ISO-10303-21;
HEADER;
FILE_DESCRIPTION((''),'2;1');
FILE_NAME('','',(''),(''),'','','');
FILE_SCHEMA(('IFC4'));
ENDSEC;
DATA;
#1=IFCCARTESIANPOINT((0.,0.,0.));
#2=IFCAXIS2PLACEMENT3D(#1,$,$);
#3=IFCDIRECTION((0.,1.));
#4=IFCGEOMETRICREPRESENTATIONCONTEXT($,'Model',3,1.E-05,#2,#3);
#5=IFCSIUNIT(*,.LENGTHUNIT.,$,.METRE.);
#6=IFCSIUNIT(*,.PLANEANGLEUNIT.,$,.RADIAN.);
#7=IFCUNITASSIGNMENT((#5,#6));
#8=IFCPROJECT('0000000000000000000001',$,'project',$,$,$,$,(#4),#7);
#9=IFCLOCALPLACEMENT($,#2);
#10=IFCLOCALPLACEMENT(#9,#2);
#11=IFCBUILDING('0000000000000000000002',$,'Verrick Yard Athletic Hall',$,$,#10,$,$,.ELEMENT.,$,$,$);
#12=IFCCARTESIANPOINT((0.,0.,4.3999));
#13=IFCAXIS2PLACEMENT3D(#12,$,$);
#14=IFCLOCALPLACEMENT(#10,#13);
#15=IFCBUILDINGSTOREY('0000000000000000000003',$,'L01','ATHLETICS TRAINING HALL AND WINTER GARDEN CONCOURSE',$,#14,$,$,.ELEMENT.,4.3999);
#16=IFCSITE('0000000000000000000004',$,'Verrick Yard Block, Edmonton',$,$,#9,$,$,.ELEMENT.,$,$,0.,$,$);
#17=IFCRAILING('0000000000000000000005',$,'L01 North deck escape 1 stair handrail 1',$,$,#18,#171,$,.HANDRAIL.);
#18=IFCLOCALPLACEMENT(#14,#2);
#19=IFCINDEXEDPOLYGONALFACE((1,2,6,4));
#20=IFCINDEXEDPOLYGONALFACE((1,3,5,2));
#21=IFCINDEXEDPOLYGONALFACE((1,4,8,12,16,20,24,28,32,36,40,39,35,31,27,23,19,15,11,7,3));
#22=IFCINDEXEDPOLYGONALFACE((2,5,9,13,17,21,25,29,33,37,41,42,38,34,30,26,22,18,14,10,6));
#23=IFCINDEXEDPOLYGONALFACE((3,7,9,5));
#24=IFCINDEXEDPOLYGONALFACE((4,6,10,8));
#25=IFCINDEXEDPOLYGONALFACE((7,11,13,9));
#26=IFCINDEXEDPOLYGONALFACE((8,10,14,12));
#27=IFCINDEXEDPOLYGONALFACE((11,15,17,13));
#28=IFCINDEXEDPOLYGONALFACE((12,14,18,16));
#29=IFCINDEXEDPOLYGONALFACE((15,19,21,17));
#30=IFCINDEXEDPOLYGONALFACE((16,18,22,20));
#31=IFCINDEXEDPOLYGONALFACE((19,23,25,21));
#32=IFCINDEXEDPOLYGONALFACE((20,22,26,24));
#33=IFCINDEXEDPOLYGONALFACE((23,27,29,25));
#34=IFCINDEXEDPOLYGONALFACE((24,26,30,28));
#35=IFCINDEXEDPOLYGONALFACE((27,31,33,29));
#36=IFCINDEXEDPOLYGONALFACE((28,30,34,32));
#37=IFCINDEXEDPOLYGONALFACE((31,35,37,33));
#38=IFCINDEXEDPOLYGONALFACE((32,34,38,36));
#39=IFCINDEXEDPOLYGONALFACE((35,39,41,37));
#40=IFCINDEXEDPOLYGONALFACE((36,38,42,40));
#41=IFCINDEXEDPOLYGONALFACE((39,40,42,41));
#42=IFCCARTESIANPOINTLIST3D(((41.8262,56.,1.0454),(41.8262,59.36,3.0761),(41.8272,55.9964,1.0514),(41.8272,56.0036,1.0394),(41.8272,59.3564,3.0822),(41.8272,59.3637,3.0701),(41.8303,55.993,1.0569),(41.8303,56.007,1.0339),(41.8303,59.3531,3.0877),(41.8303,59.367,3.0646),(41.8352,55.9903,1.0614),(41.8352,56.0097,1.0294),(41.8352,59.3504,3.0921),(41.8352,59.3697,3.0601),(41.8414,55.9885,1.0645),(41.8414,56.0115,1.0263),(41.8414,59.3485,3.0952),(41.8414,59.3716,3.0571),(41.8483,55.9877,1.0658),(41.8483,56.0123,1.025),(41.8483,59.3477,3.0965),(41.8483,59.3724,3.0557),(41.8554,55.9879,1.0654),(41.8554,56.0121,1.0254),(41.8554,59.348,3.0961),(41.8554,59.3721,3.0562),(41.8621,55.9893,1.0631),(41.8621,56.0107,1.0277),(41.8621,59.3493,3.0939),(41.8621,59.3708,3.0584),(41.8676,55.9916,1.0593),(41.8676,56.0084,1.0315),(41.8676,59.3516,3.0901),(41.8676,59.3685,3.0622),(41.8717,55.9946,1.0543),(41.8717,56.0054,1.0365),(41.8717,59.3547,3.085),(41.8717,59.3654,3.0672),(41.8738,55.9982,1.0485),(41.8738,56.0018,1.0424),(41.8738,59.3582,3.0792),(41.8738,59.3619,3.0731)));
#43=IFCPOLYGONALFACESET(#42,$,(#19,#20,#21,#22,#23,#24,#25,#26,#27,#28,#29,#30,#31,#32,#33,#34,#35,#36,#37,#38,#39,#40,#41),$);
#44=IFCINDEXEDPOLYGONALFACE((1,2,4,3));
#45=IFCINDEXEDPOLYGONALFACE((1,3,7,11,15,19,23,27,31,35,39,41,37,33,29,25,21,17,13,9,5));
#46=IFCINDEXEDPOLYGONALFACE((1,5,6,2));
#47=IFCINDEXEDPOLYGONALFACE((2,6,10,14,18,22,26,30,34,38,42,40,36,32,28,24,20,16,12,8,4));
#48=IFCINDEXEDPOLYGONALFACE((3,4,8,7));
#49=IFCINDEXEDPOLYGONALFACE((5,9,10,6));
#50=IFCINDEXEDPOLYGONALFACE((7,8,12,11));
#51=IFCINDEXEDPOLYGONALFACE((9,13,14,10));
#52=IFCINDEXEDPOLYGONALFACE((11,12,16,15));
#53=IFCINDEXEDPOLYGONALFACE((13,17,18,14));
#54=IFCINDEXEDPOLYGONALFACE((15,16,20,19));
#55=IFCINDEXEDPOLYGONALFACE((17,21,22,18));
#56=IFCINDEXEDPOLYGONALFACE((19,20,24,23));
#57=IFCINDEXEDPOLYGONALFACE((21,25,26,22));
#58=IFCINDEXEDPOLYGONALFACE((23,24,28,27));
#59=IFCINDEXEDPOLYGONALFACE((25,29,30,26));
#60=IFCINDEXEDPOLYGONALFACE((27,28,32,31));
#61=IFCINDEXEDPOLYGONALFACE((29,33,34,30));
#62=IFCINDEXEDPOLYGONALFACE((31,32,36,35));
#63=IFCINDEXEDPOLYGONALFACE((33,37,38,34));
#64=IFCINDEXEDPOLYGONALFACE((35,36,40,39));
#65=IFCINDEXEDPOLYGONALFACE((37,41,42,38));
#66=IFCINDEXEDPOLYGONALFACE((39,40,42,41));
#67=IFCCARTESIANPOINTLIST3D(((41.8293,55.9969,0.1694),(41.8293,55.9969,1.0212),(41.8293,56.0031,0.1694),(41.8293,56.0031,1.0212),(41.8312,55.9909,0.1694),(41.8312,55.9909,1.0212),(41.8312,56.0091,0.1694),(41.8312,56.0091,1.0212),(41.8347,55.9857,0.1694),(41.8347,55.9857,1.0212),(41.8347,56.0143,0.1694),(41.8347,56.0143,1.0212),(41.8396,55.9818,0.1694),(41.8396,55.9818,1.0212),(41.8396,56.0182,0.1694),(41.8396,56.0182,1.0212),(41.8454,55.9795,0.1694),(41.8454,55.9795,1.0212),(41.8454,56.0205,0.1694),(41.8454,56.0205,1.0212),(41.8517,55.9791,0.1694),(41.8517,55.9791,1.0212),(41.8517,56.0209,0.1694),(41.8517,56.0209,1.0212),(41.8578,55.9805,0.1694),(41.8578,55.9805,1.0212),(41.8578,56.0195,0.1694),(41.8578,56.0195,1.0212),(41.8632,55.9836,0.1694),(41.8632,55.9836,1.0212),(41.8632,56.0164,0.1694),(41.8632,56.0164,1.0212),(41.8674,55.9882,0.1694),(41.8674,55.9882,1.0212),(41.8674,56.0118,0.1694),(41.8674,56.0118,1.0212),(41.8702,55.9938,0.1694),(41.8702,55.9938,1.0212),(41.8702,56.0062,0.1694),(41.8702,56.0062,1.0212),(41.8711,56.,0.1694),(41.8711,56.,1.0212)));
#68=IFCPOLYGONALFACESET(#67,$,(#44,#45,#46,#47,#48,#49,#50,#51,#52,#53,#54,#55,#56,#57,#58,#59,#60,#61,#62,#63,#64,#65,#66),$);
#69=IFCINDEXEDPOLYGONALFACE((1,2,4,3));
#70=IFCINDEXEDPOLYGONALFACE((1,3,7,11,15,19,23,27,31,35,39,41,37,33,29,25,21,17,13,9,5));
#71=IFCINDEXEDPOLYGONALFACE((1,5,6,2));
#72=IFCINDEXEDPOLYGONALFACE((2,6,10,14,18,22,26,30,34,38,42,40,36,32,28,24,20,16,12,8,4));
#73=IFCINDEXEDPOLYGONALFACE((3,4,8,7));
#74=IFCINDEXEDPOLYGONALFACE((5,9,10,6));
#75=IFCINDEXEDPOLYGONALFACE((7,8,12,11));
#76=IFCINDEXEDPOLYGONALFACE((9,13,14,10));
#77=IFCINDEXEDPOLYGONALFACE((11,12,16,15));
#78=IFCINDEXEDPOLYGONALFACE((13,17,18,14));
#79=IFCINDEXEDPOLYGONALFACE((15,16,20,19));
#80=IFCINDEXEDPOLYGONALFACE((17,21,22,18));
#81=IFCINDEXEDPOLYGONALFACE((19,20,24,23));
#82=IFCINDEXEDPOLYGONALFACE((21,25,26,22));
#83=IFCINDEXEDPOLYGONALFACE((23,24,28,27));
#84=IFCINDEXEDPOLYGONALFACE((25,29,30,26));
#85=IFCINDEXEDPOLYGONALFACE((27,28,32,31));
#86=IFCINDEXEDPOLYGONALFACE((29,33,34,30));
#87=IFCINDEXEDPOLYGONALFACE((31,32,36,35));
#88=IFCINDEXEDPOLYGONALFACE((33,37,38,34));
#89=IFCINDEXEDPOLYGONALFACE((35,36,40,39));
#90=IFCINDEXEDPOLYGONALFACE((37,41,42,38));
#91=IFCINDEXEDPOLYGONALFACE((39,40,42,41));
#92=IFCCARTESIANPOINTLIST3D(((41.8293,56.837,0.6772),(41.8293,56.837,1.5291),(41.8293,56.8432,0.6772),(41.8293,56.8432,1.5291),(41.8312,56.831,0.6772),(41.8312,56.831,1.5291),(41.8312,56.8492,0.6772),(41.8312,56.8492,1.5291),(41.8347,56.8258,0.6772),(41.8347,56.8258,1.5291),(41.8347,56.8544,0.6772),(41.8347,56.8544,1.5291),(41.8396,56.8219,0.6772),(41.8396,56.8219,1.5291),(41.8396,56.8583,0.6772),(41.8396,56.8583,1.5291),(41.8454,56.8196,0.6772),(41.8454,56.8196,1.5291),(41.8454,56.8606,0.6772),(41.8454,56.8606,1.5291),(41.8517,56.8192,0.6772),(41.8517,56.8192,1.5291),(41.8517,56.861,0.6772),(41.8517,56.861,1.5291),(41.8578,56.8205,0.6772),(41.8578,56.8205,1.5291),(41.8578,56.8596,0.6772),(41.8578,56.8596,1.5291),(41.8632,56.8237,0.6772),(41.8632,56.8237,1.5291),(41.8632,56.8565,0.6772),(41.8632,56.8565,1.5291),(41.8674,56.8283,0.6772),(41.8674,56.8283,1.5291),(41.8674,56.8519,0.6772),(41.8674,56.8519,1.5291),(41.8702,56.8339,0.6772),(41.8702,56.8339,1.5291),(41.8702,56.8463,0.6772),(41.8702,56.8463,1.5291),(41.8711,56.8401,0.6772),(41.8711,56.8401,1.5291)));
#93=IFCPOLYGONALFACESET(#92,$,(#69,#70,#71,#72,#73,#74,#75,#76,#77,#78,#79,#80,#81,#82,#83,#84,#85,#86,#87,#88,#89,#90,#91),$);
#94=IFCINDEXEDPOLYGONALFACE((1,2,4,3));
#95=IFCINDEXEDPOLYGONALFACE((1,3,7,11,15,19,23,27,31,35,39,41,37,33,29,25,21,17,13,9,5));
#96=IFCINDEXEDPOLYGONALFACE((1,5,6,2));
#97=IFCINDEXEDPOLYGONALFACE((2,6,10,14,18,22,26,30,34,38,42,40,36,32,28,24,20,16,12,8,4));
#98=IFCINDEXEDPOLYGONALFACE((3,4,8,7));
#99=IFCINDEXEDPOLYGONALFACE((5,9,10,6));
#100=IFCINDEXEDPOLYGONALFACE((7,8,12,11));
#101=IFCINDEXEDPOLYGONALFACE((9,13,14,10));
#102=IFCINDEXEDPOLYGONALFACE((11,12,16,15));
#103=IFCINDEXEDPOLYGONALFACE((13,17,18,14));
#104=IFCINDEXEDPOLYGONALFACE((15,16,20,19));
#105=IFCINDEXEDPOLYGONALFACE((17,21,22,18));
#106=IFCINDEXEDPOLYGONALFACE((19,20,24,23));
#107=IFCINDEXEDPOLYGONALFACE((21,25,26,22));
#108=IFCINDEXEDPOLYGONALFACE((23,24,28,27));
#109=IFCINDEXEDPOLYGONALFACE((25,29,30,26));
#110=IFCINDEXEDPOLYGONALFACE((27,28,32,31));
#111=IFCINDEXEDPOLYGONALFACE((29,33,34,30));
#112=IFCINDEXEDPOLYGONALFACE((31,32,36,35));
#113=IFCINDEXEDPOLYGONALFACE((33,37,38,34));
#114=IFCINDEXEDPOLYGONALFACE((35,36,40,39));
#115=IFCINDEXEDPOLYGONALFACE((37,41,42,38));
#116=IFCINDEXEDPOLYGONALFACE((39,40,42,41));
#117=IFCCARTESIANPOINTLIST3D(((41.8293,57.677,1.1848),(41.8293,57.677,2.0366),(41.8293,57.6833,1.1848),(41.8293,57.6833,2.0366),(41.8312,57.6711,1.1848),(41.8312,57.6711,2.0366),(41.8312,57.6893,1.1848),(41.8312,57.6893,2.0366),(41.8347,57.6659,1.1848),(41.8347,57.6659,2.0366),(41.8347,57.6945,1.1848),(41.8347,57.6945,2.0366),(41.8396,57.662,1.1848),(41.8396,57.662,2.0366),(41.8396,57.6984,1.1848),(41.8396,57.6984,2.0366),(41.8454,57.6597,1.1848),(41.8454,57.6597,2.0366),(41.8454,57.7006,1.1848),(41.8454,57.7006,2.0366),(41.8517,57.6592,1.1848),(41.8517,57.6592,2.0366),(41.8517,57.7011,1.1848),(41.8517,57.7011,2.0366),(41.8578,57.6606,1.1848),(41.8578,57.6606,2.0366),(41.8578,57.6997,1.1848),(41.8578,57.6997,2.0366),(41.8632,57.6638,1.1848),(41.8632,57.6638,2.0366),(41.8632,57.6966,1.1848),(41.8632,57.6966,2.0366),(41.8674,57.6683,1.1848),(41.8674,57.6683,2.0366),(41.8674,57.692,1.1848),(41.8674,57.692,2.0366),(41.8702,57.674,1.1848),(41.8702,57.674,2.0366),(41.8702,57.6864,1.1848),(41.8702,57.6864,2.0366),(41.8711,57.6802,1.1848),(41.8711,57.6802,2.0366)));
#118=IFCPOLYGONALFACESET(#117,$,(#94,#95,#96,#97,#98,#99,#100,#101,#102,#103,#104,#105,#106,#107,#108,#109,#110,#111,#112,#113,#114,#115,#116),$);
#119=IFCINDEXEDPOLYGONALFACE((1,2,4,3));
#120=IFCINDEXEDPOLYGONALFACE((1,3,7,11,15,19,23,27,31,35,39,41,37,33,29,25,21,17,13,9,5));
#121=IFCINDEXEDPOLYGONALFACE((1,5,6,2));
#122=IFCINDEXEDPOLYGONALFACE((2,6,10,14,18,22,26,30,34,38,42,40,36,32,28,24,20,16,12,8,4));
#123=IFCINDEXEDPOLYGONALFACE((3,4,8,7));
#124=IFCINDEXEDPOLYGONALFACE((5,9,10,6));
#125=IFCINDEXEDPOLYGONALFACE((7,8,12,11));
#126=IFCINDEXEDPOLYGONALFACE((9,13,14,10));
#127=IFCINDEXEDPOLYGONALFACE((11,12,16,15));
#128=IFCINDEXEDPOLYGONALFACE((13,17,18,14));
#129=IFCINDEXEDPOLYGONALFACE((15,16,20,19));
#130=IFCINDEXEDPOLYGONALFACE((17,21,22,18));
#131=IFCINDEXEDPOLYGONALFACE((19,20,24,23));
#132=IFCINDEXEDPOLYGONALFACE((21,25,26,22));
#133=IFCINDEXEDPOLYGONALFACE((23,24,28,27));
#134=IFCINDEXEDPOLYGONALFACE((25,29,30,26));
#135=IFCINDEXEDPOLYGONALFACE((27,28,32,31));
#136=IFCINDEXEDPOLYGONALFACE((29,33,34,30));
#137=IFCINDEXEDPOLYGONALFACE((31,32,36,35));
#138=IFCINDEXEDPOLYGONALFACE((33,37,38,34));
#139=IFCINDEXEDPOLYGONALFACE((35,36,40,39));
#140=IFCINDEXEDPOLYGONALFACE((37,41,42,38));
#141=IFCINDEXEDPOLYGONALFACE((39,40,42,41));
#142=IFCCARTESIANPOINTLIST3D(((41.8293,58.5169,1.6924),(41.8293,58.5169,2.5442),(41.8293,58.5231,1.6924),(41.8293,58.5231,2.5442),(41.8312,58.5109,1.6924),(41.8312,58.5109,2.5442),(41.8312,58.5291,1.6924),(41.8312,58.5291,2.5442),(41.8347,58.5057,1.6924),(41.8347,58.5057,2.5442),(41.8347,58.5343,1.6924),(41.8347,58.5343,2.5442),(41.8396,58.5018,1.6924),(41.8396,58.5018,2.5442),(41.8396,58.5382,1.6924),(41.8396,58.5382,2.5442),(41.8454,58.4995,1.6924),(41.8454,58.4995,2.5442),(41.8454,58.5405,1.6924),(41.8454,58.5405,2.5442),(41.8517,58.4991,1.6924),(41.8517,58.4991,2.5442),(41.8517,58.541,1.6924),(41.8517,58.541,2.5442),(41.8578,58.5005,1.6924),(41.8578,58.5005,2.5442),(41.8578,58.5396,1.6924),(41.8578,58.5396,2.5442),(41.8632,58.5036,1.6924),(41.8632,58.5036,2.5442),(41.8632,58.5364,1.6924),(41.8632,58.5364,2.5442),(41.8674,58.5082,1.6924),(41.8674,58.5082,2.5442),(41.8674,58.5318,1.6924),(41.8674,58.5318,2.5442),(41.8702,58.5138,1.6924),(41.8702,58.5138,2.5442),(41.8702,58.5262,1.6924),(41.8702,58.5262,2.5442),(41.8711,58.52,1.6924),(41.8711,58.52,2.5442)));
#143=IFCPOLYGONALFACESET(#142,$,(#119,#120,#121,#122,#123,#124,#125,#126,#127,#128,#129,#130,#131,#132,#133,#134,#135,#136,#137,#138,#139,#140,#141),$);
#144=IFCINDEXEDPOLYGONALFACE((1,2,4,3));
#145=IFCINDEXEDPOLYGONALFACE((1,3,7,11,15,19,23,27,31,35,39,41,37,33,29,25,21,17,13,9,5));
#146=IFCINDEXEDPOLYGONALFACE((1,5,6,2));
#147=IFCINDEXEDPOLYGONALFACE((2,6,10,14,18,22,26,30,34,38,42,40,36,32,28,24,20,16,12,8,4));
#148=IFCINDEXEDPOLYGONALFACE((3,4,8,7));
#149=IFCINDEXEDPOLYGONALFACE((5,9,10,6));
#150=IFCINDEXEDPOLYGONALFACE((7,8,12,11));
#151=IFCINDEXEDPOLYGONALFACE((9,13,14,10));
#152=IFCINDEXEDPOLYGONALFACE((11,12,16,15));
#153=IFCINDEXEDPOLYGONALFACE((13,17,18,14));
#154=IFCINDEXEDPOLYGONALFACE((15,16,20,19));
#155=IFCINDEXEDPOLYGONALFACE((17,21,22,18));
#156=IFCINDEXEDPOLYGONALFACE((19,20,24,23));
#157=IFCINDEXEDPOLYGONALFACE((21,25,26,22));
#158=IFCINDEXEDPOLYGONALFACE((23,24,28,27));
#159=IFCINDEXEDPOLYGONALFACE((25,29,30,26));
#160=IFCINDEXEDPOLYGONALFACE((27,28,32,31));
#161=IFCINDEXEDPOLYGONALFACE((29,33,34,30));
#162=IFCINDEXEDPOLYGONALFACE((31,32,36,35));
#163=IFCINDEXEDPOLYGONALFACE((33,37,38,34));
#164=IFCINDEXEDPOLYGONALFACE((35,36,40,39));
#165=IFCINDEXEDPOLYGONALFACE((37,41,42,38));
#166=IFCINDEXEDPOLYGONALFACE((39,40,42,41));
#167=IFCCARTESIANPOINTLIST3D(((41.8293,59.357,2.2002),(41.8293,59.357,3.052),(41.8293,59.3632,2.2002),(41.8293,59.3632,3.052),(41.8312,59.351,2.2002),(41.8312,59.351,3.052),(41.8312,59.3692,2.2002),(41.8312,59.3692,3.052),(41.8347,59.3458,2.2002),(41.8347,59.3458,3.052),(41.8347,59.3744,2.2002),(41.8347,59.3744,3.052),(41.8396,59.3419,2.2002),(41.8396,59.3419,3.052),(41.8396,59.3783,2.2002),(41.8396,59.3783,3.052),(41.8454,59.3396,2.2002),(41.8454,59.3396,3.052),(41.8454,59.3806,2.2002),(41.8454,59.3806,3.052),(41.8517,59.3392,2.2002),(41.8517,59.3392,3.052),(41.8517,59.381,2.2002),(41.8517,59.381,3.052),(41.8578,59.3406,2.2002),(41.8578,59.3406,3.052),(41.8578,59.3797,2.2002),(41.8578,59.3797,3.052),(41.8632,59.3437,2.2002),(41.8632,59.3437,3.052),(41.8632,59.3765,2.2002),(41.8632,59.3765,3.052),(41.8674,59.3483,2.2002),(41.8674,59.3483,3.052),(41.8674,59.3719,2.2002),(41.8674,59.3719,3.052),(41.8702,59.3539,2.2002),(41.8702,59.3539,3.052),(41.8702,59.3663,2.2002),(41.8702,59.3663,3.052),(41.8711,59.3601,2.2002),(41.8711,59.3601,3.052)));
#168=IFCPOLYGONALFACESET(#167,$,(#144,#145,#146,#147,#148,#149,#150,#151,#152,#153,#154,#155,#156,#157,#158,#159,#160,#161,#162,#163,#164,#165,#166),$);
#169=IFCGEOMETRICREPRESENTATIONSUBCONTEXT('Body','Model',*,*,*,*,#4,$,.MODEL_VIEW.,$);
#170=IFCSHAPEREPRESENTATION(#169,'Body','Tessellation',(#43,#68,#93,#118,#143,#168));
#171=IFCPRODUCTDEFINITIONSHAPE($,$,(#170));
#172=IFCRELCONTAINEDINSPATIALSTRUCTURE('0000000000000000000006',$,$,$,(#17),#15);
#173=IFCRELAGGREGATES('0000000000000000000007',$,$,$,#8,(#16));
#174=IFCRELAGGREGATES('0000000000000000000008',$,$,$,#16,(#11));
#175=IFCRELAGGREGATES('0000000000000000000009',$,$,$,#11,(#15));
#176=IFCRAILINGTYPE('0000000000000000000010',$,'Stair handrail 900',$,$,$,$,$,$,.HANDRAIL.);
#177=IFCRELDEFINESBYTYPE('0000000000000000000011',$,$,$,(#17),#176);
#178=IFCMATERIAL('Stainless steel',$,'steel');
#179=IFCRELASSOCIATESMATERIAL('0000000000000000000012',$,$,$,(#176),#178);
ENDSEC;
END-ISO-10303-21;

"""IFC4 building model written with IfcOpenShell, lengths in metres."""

from ifc_helpers import new_model, si_unit, direction, frame, origin, origin_2d, place, context, subcontext, project, spatial, circle, extrude, material, type_object, element, save


model = new_model("IFC4")

# Units and contexts
model_context = context("Model", 3, precision=1e-05, world=origin(), true_north=direction((0.0, 1.0)))
body_context = subcontext(model_context, "Body", "Model", "MODEL_VIEW")
ifc_project = project(units=[si_unit("LENGTHUNIT", "METRE"), si_unit("PLANEANGLEUNIT", "RADIAN")], contexts=[model_context])

# Site, building, storey
site_placement = place(None, origin())
site = spatial("IfcSite", under=ifc_project, at=site_placement, Name="Verrick Yard Block, Edmonton", CompositionType="ELEMENT", RefElevation=0.0)
building_placement = place(site_placement, origin())
building = spatial("IfcBuilding", under=site, at=building_placement, Name="Verrick Yard Athletic Hall", CompositionType="ELEMENT")
storey_placement = place(building_placement, frame((0.0, 0.0, 4.3999)))
storey = spatial("IfcBuildingStorey", under=building, at=storey_placement, Name="L01", Description="ATHLETICS TRAINING HALL AND WINTER GARDEN CONCOURSE", CompositionType="ELEMENT", Elevation=4.3999)

# Railing
ifc_material_1 = material(Name="Stainless steel", Category="steel")
railing_type = type_object("IfcRailingType", Name="Stair handrail 900", PredefinedType="HANDRAIL", material=ifc_material_1)
railing_placement = place(storey_placement, frame((41.8501, 56.0, 0.1694)))
element("IfcRailing", 1, at=railing_placement, inside=storey, type_object=railing_type, Name="L01 North deck escape 1 stair handrail 1", PredefinedType="HANDRAIL", context=body_context, shape_type="SweptSolid", body=[
    extrude(circle(Radius=0.0239, at=origin_2d()), frame((0.0, 0.0, 0.876), z_axis=(0.0, 0.855837, 0.517246), x_axis=(-1.0, 0.0, 0.0)), (0.0, 0.0, 1.0), 3.926),
    extrude(circle(Radius=0.021, at=origin_2d()), origin(), (0.0, 0.0, 1.0), 0.8518),
    extrude(circle(Radius=0.021, at=origin_2d()), frame((0.0, 0.8401, 0.5078)), (0.0, 0.0, 1.0), 0.8518),
    extrude(circle(Radius=0.021, at=origin_2d()), frame((0.0, 1.6802, 1.0154)), (0.0, 0.0, 1.0), 0.8518),
    extrude(circle(Radius=0.021, at=origin_2d()), frame((0.0, 2.52, 1.5229)), (0.0, 0.0, 1.0), 0.8518),
    extrude(circle(Radius=0.021, at=origin_2d()), frame((0.0, 3.3601, 2.0308)), (0.0, 0.0, 1.0), 0.8518),
])

save(model, "model.ifc")
